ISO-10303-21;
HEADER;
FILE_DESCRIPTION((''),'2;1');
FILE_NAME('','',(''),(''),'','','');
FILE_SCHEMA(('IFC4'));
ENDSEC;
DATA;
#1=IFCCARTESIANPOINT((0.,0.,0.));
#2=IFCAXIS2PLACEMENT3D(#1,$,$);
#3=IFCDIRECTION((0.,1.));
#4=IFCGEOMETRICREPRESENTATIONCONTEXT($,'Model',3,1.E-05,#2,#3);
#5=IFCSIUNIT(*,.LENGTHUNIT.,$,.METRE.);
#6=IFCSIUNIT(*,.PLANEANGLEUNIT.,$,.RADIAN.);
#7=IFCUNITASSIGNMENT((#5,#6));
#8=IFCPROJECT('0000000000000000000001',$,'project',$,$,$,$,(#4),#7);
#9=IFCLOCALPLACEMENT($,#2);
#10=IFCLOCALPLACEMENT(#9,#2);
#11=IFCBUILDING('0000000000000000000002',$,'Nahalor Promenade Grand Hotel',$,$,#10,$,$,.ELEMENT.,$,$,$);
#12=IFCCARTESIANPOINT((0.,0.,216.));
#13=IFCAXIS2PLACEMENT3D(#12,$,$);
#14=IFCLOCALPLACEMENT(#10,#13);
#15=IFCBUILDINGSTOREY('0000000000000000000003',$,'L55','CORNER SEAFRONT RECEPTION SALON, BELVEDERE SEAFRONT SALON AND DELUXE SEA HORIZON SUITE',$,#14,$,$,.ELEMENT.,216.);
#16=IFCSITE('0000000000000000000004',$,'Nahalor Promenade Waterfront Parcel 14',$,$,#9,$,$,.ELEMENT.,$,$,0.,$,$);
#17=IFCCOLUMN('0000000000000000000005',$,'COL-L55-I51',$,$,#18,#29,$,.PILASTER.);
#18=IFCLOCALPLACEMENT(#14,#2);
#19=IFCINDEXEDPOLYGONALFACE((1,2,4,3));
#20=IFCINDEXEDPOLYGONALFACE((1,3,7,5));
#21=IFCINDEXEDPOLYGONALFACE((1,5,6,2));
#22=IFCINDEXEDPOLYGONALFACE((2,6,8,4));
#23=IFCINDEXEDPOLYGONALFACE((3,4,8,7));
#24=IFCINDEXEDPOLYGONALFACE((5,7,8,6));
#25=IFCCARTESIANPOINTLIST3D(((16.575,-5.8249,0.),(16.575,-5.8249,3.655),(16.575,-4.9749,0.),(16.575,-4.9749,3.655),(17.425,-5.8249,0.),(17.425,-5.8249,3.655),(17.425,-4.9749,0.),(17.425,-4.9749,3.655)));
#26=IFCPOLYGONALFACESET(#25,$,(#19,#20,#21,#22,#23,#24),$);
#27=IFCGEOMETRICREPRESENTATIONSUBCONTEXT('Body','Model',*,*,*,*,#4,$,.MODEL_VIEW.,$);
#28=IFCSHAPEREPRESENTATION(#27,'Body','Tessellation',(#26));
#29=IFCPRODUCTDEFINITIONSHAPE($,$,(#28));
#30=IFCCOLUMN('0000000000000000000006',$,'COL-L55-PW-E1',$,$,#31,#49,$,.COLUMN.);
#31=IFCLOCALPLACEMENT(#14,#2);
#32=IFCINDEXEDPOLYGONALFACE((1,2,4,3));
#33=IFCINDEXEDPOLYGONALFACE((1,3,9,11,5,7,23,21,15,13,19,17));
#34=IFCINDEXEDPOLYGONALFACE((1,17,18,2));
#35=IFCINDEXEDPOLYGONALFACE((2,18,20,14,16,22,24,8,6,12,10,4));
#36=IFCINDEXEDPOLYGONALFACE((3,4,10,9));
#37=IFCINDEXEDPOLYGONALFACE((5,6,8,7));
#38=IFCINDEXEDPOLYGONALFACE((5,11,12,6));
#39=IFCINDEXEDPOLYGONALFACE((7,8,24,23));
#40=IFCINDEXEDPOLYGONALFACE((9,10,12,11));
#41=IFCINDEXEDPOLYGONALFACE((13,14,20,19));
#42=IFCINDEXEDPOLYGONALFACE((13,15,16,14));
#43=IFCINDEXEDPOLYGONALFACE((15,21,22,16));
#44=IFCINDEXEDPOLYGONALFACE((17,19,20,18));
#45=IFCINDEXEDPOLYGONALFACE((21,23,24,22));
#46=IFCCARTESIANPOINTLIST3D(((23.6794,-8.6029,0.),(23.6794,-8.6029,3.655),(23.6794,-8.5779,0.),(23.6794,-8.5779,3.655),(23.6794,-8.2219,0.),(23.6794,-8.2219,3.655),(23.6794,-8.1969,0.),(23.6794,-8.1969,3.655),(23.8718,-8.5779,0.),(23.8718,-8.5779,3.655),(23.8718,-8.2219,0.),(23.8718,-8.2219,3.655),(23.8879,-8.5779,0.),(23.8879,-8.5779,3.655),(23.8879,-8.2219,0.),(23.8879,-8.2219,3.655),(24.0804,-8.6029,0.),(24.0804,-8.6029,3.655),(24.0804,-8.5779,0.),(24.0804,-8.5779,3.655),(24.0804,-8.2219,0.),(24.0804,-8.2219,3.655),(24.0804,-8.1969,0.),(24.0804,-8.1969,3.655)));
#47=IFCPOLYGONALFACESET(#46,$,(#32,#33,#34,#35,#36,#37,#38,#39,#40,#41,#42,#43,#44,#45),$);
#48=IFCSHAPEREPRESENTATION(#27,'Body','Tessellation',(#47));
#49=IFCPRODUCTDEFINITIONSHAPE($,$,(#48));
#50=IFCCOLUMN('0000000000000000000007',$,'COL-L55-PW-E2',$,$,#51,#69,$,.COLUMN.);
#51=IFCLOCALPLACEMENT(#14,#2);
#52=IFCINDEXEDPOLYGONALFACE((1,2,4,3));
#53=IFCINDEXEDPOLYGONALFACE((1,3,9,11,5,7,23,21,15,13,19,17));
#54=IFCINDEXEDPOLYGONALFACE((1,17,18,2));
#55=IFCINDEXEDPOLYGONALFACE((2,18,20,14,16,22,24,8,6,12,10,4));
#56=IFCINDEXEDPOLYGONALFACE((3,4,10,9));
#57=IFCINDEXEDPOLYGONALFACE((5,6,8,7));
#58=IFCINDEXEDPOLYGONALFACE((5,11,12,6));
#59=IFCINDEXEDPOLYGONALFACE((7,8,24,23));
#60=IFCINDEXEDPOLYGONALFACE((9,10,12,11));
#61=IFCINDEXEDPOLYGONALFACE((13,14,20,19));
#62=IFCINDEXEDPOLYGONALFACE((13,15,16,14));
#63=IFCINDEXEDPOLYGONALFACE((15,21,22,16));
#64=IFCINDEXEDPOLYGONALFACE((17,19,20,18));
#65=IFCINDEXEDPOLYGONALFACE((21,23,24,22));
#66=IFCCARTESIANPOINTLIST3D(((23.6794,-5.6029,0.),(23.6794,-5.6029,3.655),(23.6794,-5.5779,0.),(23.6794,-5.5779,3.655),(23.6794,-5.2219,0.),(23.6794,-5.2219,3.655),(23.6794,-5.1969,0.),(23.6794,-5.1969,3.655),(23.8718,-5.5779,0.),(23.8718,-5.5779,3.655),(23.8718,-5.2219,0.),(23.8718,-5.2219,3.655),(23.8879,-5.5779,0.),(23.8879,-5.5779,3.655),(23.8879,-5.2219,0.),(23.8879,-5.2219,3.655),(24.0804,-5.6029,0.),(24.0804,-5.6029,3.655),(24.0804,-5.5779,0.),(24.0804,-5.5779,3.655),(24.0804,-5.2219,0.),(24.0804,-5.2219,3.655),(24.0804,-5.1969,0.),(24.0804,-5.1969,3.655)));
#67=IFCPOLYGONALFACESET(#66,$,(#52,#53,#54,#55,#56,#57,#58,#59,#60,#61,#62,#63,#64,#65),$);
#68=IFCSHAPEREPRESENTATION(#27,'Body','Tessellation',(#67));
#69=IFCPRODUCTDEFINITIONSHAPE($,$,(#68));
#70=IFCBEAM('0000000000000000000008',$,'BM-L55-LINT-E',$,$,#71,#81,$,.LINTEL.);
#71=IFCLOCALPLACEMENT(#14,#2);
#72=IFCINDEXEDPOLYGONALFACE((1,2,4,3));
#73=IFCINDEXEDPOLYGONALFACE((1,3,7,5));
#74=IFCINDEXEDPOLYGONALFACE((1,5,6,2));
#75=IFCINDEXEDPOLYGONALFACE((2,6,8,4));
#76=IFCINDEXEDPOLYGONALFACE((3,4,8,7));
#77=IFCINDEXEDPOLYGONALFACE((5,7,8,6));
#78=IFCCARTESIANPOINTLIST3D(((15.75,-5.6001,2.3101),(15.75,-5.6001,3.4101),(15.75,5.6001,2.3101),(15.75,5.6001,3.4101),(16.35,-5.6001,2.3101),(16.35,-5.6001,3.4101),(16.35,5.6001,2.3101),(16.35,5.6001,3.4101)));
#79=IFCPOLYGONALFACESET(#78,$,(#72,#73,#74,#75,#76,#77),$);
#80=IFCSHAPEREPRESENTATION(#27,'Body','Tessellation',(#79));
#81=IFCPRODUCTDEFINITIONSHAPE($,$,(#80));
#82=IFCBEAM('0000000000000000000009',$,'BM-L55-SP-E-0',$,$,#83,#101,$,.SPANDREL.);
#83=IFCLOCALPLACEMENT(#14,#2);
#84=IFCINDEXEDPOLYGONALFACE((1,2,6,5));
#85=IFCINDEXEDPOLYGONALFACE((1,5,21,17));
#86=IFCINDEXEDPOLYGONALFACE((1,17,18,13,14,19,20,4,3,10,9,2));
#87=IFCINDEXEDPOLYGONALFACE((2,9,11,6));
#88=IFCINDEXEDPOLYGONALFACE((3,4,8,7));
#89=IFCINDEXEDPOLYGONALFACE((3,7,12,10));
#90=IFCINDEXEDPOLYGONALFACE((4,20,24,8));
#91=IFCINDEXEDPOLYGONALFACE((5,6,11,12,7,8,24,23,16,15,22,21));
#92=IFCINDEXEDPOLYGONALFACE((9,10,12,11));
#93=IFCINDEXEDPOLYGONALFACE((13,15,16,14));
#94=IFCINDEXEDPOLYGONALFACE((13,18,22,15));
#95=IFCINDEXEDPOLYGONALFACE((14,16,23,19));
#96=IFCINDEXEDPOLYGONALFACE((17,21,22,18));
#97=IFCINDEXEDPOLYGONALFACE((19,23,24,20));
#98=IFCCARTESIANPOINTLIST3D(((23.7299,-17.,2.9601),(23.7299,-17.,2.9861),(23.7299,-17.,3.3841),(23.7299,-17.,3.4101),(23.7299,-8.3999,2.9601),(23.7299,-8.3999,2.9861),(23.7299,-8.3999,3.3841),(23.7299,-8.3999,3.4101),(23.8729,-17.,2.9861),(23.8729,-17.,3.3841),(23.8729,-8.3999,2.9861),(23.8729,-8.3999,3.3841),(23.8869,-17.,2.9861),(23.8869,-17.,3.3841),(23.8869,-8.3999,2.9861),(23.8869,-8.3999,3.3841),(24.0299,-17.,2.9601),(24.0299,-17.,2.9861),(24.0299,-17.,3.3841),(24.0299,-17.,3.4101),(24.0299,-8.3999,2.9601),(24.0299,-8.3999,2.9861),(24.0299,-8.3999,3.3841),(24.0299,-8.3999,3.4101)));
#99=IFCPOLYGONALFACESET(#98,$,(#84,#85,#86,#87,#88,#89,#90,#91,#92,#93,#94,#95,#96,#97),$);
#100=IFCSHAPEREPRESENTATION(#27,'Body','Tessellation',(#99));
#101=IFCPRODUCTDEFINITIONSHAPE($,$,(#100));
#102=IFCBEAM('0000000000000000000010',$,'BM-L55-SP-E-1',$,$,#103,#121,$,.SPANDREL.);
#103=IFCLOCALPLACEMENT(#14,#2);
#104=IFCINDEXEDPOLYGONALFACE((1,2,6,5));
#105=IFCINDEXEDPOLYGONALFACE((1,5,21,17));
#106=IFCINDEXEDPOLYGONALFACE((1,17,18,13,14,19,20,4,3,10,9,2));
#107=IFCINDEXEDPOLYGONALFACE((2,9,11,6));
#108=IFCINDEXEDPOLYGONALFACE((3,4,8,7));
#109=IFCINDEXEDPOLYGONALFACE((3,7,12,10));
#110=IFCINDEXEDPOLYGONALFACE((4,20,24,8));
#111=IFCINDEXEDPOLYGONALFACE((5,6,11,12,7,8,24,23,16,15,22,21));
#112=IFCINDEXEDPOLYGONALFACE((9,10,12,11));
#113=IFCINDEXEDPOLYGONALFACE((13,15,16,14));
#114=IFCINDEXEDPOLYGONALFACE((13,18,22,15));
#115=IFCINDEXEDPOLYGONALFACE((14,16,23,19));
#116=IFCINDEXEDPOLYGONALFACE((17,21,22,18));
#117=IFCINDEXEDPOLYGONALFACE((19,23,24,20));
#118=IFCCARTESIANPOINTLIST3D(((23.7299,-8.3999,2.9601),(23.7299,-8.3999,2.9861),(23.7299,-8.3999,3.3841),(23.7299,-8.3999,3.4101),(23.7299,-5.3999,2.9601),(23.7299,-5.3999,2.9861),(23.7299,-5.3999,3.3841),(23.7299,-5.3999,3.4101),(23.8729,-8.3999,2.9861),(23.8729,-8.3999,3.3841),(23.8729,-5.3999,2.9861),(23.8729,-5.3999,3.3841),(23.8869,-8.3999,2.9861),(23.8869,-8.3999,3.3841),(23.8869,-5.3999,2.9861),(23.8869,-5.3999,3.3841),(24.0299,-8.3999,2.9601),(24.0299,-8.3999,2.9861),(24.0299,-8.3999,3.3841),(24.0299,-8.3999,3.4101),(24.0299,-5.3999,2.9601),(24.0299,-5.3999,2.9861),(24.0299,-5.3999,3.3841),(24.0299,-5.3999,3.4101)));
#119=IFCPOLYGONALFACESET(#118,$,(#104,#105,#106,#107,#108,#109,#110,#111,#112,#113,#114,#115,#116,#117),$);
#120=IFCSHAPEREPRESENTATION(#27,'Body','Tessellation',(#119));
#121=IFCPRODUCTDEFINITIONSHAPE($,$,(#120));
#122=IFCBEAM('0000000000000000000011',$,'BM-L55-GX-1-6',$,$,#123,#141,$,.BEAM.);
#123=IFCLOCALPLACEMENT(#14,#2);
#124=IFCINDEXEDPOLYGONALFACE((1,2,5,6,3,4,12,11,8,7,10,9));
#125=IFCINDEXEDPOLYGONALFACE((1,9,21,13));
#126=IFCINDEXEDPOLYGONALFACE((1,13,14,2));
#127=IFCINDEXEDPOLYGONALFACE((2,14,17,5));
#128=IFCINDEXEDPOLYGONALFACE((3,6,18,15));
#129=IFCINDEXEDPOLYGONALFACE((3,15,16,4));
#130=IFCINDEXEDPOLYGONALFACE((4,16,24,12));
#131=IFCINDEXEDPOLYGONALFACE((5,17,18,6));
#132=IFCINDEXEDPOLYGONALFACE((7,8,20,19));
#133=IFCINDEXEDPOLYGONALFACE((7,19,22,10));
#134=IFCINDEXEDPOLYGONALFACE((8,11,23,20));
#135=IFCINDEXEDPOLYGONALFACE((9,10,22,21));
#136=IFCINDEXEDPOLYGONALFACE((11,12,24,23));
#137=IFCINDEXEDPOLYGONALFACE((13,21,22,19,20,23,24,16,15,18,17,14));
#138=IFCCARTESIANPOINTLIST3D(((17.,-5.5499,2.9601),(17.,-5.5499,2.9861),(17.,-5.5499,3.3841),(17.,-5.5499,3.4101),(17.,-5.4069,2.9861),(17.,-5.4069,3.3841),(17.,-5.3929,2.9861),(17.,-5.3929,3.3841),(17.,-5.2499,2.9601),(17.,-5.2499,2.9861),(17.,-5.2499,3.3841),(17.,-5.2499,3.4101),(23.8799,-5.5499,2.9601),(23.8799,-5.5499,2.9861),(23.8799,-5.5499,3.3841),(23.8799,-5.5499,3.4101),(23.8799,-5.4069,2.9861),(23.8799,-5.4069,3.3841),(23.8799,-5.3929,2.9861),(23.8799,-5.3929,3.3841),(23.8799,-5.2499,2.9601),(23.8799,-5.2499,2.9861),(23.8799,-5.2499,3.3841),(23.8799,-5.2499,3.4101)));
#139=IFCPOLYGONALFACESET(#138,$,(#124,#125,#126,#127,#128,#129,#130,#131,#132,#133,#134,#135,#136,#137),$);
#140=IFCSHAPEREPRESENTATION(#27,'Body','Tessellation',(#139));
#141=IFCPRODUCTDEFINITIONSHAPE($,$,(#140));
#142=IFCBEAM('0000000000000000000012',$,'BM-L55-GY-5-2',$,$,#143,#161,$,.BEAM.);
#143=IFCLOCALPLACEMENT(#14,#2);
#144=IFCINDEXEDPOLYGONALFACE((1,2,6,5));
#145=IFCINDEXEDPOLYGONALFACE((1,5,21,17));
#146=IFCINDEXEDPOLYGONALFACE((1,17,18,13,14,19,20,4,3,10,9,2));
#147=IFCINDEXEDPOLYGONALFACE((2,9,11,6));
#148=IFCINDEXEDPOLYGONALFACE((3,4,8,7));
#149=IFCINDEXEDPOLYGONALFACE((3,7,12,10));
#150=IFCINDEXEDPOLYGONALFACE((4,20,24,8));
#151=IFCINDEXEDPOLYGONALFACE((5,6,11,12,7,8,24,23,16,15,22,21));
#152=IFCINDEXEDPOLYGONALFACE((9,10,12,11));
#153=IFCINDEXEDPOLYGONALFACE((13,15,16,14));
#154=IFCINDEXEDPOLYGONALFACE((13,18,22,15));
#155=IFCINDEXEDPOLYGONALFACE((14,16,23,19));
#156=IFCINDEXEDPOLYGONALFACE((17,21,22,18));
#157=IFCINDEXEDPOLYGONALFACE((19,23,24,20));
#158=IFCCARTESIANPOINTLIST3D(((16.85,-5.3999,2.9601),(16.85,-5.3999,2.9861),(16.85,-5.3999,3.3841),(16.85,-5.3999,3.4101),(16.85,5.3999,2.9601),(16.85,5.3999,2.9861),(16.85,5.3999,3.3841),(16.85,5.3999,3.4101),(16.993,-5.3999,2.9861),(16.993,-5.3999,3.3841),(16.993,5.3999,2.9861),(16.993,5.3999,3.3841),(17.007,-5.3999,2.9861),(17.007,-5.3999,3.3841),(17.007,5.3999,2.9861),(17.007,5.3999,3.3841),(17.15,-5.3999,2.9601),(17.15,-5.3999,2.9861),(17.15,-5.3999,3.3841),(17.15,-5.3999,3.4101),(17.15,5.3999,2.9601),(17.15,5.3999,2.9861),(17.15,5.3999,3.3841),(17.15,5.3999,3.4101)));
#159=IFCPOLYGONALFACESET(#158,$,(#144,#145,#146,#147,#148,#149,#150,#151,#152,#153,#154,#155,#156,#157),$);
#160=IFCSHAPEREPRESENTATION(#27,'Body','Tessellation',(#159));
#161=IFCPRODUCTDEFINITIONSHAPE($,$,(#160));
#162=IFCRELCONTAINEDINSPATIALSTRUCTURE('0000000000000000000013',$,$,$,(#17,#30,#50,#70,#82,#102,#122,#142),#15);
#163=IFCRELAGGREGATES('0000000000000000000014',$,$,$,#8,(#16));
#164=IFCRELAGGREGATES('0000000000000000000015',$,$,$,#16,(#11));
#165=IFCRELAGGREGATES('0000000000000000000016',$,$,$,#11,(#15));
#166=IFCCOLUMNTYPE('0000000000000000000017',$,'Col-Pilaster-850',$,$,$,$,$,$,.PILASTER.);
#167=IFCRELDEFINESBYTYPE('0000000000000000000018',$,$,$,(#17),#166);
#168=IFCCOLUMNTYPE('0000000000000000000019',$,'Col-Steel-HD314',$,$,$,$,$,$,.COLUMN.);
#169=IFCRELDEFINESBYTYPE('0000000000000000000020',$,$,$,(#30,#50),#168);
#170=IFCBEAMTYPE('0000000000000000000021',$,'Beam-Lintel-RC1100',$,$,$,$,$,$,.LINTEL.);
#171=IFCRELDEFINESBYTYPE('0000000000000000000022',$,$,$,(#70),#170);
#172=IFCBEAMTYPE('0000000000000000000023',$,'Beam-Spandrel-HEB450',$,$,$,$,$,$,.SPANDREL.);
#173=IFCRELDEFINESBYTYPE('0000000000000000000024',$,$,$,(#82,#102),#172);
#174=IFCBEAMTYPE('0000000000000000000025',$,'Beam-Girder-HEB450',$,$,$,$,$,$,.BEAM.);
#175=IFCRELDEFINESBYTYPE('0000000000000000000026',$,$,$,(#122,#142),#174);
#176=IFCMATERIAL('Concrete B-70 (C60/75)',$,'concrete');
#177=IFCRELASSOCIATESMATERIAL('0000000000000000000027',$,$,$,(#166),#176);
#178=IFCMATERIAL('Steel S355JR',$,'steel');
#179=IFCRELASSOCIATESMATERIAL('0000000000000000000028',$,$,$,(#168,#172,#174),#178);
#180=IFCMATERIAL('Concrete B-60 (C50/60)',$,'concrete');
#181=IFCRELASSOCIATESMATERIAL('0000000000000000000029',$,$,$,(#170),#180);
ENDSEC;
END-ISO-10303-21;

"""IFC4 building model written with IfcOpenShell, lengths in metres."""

from ifc_helpers import new_model, si_unit, direction, frame, origin, origin_2d, place, context, subcontext, project, spatial, rectangle, i_section, extrude, source, transform, mapped, material, material_profile, profile_set, type_object, element, save


model = new_model("IFC4")

# Units and contexts
model_context = context("Model", 3, precision=1e-05, world=origin(), true_north=direction((0.0, 1.0)))
body_context = subcontext(model_context, "Body", "Model", "MODEL_VIEW")
ifc_project = project(units=[si_unit("LENGTHUNIT", "METRE"), si_unit("PLANEANGLEUNIT", "RADIAN")], contexts=[model_context])

# Site, building, storey
site_placement = place(None, origin())
site = spatial("IfcSite", under=ifc_project, at=site_placement, Name="Nahalor Promenade Waterfront Parcel 14", CompositionType="ELEMENT", RefElevation=0.0)
building_placement = place(site_placement, origin())
building = spatial("IfcBuilding", under=site, at=building_placement, Name="Nahalor Promenade Grand Hotel", CompositionType="ELEMENT")
storey_placement = place(building_placement, frame((0.0, 0.0, 216.0)))
storey = spatial("IfcBuildingStorey", under=building, at=storey_placement, Name="L55", Description="CORNER SEAFRONT RECEPTION SALON, BELVEDERE SEAFRONT SALON AND DELUXE SEA HORIZON SUITE", CompositionType="ELEMENT", Elevation=216.0)

# Columns
ifc_material_1 = material(Name="Concrete B-70 (C60/75)", Category="concrete")
ifc_material_profile_1 = material_profile(ifc_material_1, rectangle(XDim=0.85, YDim=0.85, at=origin_2d()), Name="RC 850x850")
ifc_profile_set_1 = profile_set([ifc_material_profile_1], Name="Concrete B-70 (C60/75)")
column_type_1 = type_object("IfcColumnType", Name="Col-Pilaster-850", PredefinedType="PILASTER", material=ifc_profile_set_1)
shared_shape_1 = source(origin(), body_context, "Body", "SweptSolid", [
    extrude(rectangle(XDim=0.85, YDim=0.85, at=origin_2d()), origin(), (0.0, 0.0, 1.0), 3.655),
])
column_placement = place(storey_placement, frame((17.0, -5.3999, 0.0), z_axis=(0.0, 0.0, 1.0), x_axis=(1.0, 0.0, 0.0)))
element("IfcColumn", 1, at=column_placement, inside=storey, type_object=column_type_1, Name="COL-L55-I51", PredefinedType="PILASTER", context=body_context, shape_type="MappedRepresentation", body=[
    mapped(shared_shape_1, transform((0.0, 0.0, 0.0), scale=1.0)),
])
ifc_material_2 = material(Name="Steel S355JR", Category="steel")
ifc_material_profile_2 = material_profile(ifc_material_2, i_section(OverallWidth=0.401, OverallDepth=0.406, WebThickness=0.0161, FlangeThickness=0.025, at=origin_2d()), Name="HD 400x314")
ifc_profile_set_2 = profile_set([ifc_material_profile_2], Name="Steel S355JR")
column_type_2 = type_object("IfcColumnType", Name="Col-Steel-HD314", PredefinedType="COLUMN", material=ifc_profile_set_2)
shared_shape_2 = source(origin(), body_context, "Body", "SweptSolid", [
    extrude(i_section(OverallWidth=0.401, OverallDepth=0.406, WebThickness=0.0161, FlangeThickness=0.025, at=origin_2d()), origin(), (0.0, 0.0, 1.0), 3.655),
])
for number, where, z_axis, x_axis, name in (
    (2, (23.8799, -8.3999, 0.0), (0.0, 0.0, 1.0), (1.0, 0.0, 0.0), "COL-L55-PW-E1"),
    (3, (23.8799, -5.3999, 0.0), (0.0, 0.0, 1.0), (1.0, 0.0, 0.0), "COL-L55-PW-E2"),
):
    element("IfcColumn", number, at=place(storey_placement, frame(where, z_axis=z_axis, x_axis=x_axis)), inside=storey, type_object=column_type_2, Name=name, PredefinedType="COLUMN", context=body_context, shape_type="MappedRepresentation", body=[
        mapped(shared_shape_2, transform((0.0, 0.0, 0.0), scale=1.0)),
    ])

# Beams
ifc_material_3 = material(Name="Concrete B-60 (C50/60)", Category="concrete")
ifc_material_profile_3 = material_profile(ifc_material_3, rectangle(XDim=0.6, YDim=1.1, at=origin_2d()), Name="RC 600x1100")
ifc_profile_set_3 = profile_set([ifc_material_profile_3], Name="Concrete B-60 (C50/60)")
beam_type_1 = type_object("IfcBeamType", Name="Beam-Lintel-RC1100", PredefinedType="LINTEL", material=ifc_profile_set_3)
shared_shape_3 = source(origin(), body_context, "Body", "SweptSolid", [
    extrude(rectangle(XDim=0.6, YDim=1.1, at=origin_2d()), origin(), (0.0, 0.0, 1.0), 11.2002),
])
beam_1_placement = place(storey_placement, frame((16.05, -5.6001, 2.8601), z_axis=(0.0, 1.0, 0.0), x_axis=(-1.0, 0.0, 0.0)))
element("IfcBeam", 4, at=beam_1_placement, inside=storey, type_object=beam_type_1, Name="BM-L55-LINT-E", PredefinedType="LINTEL", context=body_context, shape_type="MappedRepresentation", body=[
    mapped(shared_shape_3, transform((0.0, 0.0, 0.0), scale=1.0)),
])
ifc_material_profile_4 = material_profile(ifc_material_2, i_section(OverallWidth=0.3, OverallDepth=0.45, WebThickness=0.014, FlangeThickness=0.026, at=origin_2d()), Name="HEB 450")
ifc_profile_set_4 = profile_set([ifc_material_profile_4], Name="Steel S355JR")
beam_type_2 = type_object("IfcBeamType", Name="Beam-Spandrel-HEB450", PredefinedType="SPANDREL", material=ifc_profile_set_4)
shared_shape_4 = source(origin(), body_context, "Body", "SweptSolid", [
    extrude(i_section(OverallWidth=0.3, OverallDepth=0.45, WebThickness=0.014, FlangeThickness=0.026, at=origin_2d()), origin(), (0.0, 0.0, 1.0), 8.6001),
])
beam_2_placement = place(storey_placement, frame((23.8799, -17.0, 3.1851), z_axis=(0.0, 1.0, 0.0), x_axis=(-1.0, 0.0, 0.0)))
element("IfcBeam", 5, at=beam_2_placement, inside=storey, type_object=beam_type_2, Name="BM-L55-SP-E-0", PredefinedType="SPANDREL", context=body_context, shape_type="MappedRepresentation", body=[
    mapped(shared_shape_4, transform((0.0, 0.0, 0.0), scale=1.0)),
])
shared_shape_5 = source(origin(), body_context, "Body", "SweptSolid", [
    extrude(i_section(OverallWidth=0.3, OverallDepth=0.45, WebThickness=0.014, FlangeThickness=0.026, at=origin_2d()), origin(), (0.0, 0.0, 1.0), 3.0),
])
beam_3_placement = place(storey_placement, frame((23.8799, -8.3999, 3.1851), z_axis=(0.0, 1.0, 0.0), x_axis=(-1.0, 0.0, 0.0)))
element("IfcBeam", 6, at=beam_3_placement, inside=storey, type_object=beam_type_2, Name="BM-L55-SP-E-1", PredefinedType="SPANDREL", context=body_context, shape_type="MappedRepresentation", body=[
    mapped(shared_shape_5, transform((0.0, 0.0, 0.0), scale=1.0)),
])
ifc_material_profile_5 = material_profile(ifc_material_2, i_section(OverallWidth=0.3, OverallDepth=0.45, WebThickness=0.014, FlangeThickness=0.026, at=origin_2d()), Name="HEB 450")
ifc_profile_set_5 = profile_set([ifc_material_profile_5], Name="Steel S355JR")
beam_type_3 = type_object("IfcBeamType", Name="Beam-Girder-HEB450", PredefinedType="BEAM", material=ifc_profile_set_5)
shared_shape_6 = source(origin(), body_context, "Body", "SweptSolid", [
    extrude(i_section(OverallWidth=0.3, OverallDepth=0.45, WebThickness=0.014, FlangeThickness=0.026, at=origin_2d()), origin(), (0.0, 0.0, 1.0), 6.8799),
])
beam_4_placement = place(storey_placement, frame((17.0, -5.3999, 3.1851), z_axis=(1.0, 0.0, 0.0), x_axis=(0.0, 1.0, 0.0)))
element("IfcBeam", 7, at=beam_4_placement, inside=storey, type_object=beam_type_3, Name="BM-L55-GX-1-6", PredefinedType="BEAM", context=body_context, shape_type="MappedRepresentation", body=[
    mapped(shared_shape_6, transform((0.0, 0.0, 0.0), scale=1.0)),
])
shared_shape_7 = source(origin(), body_context, "Body", "SweptSolid", [
    extrude(i_section(OverallWidth=0.3, OverallDepth=0.45, WebThickness=0.014, FlangeThickness=0.026, at=origin_2d()), origin(), (0.0, 0.0, 1.0), 10.7998),
])
beam_5_placement = place(storey_placement, frame((17.0, -5.3999, 3.1851), z_axis=(0.0, 1.0, 0.0), x_axis=(-1.0, 0.0, 0.0)))
element("IfcBeam", 8, at=beam_5_placement, inside=storey, type_object=beam_type_3, Name="BM-L55-GY-5-2", PredefinedType="BEAM", context=body_context, shape_type="MappedRepresentation", body=[
    mapped(shared_shape_7, transform((0.0, 0.0, 0.0), scale=1.0)),
])

save(model, "model.ifc")
